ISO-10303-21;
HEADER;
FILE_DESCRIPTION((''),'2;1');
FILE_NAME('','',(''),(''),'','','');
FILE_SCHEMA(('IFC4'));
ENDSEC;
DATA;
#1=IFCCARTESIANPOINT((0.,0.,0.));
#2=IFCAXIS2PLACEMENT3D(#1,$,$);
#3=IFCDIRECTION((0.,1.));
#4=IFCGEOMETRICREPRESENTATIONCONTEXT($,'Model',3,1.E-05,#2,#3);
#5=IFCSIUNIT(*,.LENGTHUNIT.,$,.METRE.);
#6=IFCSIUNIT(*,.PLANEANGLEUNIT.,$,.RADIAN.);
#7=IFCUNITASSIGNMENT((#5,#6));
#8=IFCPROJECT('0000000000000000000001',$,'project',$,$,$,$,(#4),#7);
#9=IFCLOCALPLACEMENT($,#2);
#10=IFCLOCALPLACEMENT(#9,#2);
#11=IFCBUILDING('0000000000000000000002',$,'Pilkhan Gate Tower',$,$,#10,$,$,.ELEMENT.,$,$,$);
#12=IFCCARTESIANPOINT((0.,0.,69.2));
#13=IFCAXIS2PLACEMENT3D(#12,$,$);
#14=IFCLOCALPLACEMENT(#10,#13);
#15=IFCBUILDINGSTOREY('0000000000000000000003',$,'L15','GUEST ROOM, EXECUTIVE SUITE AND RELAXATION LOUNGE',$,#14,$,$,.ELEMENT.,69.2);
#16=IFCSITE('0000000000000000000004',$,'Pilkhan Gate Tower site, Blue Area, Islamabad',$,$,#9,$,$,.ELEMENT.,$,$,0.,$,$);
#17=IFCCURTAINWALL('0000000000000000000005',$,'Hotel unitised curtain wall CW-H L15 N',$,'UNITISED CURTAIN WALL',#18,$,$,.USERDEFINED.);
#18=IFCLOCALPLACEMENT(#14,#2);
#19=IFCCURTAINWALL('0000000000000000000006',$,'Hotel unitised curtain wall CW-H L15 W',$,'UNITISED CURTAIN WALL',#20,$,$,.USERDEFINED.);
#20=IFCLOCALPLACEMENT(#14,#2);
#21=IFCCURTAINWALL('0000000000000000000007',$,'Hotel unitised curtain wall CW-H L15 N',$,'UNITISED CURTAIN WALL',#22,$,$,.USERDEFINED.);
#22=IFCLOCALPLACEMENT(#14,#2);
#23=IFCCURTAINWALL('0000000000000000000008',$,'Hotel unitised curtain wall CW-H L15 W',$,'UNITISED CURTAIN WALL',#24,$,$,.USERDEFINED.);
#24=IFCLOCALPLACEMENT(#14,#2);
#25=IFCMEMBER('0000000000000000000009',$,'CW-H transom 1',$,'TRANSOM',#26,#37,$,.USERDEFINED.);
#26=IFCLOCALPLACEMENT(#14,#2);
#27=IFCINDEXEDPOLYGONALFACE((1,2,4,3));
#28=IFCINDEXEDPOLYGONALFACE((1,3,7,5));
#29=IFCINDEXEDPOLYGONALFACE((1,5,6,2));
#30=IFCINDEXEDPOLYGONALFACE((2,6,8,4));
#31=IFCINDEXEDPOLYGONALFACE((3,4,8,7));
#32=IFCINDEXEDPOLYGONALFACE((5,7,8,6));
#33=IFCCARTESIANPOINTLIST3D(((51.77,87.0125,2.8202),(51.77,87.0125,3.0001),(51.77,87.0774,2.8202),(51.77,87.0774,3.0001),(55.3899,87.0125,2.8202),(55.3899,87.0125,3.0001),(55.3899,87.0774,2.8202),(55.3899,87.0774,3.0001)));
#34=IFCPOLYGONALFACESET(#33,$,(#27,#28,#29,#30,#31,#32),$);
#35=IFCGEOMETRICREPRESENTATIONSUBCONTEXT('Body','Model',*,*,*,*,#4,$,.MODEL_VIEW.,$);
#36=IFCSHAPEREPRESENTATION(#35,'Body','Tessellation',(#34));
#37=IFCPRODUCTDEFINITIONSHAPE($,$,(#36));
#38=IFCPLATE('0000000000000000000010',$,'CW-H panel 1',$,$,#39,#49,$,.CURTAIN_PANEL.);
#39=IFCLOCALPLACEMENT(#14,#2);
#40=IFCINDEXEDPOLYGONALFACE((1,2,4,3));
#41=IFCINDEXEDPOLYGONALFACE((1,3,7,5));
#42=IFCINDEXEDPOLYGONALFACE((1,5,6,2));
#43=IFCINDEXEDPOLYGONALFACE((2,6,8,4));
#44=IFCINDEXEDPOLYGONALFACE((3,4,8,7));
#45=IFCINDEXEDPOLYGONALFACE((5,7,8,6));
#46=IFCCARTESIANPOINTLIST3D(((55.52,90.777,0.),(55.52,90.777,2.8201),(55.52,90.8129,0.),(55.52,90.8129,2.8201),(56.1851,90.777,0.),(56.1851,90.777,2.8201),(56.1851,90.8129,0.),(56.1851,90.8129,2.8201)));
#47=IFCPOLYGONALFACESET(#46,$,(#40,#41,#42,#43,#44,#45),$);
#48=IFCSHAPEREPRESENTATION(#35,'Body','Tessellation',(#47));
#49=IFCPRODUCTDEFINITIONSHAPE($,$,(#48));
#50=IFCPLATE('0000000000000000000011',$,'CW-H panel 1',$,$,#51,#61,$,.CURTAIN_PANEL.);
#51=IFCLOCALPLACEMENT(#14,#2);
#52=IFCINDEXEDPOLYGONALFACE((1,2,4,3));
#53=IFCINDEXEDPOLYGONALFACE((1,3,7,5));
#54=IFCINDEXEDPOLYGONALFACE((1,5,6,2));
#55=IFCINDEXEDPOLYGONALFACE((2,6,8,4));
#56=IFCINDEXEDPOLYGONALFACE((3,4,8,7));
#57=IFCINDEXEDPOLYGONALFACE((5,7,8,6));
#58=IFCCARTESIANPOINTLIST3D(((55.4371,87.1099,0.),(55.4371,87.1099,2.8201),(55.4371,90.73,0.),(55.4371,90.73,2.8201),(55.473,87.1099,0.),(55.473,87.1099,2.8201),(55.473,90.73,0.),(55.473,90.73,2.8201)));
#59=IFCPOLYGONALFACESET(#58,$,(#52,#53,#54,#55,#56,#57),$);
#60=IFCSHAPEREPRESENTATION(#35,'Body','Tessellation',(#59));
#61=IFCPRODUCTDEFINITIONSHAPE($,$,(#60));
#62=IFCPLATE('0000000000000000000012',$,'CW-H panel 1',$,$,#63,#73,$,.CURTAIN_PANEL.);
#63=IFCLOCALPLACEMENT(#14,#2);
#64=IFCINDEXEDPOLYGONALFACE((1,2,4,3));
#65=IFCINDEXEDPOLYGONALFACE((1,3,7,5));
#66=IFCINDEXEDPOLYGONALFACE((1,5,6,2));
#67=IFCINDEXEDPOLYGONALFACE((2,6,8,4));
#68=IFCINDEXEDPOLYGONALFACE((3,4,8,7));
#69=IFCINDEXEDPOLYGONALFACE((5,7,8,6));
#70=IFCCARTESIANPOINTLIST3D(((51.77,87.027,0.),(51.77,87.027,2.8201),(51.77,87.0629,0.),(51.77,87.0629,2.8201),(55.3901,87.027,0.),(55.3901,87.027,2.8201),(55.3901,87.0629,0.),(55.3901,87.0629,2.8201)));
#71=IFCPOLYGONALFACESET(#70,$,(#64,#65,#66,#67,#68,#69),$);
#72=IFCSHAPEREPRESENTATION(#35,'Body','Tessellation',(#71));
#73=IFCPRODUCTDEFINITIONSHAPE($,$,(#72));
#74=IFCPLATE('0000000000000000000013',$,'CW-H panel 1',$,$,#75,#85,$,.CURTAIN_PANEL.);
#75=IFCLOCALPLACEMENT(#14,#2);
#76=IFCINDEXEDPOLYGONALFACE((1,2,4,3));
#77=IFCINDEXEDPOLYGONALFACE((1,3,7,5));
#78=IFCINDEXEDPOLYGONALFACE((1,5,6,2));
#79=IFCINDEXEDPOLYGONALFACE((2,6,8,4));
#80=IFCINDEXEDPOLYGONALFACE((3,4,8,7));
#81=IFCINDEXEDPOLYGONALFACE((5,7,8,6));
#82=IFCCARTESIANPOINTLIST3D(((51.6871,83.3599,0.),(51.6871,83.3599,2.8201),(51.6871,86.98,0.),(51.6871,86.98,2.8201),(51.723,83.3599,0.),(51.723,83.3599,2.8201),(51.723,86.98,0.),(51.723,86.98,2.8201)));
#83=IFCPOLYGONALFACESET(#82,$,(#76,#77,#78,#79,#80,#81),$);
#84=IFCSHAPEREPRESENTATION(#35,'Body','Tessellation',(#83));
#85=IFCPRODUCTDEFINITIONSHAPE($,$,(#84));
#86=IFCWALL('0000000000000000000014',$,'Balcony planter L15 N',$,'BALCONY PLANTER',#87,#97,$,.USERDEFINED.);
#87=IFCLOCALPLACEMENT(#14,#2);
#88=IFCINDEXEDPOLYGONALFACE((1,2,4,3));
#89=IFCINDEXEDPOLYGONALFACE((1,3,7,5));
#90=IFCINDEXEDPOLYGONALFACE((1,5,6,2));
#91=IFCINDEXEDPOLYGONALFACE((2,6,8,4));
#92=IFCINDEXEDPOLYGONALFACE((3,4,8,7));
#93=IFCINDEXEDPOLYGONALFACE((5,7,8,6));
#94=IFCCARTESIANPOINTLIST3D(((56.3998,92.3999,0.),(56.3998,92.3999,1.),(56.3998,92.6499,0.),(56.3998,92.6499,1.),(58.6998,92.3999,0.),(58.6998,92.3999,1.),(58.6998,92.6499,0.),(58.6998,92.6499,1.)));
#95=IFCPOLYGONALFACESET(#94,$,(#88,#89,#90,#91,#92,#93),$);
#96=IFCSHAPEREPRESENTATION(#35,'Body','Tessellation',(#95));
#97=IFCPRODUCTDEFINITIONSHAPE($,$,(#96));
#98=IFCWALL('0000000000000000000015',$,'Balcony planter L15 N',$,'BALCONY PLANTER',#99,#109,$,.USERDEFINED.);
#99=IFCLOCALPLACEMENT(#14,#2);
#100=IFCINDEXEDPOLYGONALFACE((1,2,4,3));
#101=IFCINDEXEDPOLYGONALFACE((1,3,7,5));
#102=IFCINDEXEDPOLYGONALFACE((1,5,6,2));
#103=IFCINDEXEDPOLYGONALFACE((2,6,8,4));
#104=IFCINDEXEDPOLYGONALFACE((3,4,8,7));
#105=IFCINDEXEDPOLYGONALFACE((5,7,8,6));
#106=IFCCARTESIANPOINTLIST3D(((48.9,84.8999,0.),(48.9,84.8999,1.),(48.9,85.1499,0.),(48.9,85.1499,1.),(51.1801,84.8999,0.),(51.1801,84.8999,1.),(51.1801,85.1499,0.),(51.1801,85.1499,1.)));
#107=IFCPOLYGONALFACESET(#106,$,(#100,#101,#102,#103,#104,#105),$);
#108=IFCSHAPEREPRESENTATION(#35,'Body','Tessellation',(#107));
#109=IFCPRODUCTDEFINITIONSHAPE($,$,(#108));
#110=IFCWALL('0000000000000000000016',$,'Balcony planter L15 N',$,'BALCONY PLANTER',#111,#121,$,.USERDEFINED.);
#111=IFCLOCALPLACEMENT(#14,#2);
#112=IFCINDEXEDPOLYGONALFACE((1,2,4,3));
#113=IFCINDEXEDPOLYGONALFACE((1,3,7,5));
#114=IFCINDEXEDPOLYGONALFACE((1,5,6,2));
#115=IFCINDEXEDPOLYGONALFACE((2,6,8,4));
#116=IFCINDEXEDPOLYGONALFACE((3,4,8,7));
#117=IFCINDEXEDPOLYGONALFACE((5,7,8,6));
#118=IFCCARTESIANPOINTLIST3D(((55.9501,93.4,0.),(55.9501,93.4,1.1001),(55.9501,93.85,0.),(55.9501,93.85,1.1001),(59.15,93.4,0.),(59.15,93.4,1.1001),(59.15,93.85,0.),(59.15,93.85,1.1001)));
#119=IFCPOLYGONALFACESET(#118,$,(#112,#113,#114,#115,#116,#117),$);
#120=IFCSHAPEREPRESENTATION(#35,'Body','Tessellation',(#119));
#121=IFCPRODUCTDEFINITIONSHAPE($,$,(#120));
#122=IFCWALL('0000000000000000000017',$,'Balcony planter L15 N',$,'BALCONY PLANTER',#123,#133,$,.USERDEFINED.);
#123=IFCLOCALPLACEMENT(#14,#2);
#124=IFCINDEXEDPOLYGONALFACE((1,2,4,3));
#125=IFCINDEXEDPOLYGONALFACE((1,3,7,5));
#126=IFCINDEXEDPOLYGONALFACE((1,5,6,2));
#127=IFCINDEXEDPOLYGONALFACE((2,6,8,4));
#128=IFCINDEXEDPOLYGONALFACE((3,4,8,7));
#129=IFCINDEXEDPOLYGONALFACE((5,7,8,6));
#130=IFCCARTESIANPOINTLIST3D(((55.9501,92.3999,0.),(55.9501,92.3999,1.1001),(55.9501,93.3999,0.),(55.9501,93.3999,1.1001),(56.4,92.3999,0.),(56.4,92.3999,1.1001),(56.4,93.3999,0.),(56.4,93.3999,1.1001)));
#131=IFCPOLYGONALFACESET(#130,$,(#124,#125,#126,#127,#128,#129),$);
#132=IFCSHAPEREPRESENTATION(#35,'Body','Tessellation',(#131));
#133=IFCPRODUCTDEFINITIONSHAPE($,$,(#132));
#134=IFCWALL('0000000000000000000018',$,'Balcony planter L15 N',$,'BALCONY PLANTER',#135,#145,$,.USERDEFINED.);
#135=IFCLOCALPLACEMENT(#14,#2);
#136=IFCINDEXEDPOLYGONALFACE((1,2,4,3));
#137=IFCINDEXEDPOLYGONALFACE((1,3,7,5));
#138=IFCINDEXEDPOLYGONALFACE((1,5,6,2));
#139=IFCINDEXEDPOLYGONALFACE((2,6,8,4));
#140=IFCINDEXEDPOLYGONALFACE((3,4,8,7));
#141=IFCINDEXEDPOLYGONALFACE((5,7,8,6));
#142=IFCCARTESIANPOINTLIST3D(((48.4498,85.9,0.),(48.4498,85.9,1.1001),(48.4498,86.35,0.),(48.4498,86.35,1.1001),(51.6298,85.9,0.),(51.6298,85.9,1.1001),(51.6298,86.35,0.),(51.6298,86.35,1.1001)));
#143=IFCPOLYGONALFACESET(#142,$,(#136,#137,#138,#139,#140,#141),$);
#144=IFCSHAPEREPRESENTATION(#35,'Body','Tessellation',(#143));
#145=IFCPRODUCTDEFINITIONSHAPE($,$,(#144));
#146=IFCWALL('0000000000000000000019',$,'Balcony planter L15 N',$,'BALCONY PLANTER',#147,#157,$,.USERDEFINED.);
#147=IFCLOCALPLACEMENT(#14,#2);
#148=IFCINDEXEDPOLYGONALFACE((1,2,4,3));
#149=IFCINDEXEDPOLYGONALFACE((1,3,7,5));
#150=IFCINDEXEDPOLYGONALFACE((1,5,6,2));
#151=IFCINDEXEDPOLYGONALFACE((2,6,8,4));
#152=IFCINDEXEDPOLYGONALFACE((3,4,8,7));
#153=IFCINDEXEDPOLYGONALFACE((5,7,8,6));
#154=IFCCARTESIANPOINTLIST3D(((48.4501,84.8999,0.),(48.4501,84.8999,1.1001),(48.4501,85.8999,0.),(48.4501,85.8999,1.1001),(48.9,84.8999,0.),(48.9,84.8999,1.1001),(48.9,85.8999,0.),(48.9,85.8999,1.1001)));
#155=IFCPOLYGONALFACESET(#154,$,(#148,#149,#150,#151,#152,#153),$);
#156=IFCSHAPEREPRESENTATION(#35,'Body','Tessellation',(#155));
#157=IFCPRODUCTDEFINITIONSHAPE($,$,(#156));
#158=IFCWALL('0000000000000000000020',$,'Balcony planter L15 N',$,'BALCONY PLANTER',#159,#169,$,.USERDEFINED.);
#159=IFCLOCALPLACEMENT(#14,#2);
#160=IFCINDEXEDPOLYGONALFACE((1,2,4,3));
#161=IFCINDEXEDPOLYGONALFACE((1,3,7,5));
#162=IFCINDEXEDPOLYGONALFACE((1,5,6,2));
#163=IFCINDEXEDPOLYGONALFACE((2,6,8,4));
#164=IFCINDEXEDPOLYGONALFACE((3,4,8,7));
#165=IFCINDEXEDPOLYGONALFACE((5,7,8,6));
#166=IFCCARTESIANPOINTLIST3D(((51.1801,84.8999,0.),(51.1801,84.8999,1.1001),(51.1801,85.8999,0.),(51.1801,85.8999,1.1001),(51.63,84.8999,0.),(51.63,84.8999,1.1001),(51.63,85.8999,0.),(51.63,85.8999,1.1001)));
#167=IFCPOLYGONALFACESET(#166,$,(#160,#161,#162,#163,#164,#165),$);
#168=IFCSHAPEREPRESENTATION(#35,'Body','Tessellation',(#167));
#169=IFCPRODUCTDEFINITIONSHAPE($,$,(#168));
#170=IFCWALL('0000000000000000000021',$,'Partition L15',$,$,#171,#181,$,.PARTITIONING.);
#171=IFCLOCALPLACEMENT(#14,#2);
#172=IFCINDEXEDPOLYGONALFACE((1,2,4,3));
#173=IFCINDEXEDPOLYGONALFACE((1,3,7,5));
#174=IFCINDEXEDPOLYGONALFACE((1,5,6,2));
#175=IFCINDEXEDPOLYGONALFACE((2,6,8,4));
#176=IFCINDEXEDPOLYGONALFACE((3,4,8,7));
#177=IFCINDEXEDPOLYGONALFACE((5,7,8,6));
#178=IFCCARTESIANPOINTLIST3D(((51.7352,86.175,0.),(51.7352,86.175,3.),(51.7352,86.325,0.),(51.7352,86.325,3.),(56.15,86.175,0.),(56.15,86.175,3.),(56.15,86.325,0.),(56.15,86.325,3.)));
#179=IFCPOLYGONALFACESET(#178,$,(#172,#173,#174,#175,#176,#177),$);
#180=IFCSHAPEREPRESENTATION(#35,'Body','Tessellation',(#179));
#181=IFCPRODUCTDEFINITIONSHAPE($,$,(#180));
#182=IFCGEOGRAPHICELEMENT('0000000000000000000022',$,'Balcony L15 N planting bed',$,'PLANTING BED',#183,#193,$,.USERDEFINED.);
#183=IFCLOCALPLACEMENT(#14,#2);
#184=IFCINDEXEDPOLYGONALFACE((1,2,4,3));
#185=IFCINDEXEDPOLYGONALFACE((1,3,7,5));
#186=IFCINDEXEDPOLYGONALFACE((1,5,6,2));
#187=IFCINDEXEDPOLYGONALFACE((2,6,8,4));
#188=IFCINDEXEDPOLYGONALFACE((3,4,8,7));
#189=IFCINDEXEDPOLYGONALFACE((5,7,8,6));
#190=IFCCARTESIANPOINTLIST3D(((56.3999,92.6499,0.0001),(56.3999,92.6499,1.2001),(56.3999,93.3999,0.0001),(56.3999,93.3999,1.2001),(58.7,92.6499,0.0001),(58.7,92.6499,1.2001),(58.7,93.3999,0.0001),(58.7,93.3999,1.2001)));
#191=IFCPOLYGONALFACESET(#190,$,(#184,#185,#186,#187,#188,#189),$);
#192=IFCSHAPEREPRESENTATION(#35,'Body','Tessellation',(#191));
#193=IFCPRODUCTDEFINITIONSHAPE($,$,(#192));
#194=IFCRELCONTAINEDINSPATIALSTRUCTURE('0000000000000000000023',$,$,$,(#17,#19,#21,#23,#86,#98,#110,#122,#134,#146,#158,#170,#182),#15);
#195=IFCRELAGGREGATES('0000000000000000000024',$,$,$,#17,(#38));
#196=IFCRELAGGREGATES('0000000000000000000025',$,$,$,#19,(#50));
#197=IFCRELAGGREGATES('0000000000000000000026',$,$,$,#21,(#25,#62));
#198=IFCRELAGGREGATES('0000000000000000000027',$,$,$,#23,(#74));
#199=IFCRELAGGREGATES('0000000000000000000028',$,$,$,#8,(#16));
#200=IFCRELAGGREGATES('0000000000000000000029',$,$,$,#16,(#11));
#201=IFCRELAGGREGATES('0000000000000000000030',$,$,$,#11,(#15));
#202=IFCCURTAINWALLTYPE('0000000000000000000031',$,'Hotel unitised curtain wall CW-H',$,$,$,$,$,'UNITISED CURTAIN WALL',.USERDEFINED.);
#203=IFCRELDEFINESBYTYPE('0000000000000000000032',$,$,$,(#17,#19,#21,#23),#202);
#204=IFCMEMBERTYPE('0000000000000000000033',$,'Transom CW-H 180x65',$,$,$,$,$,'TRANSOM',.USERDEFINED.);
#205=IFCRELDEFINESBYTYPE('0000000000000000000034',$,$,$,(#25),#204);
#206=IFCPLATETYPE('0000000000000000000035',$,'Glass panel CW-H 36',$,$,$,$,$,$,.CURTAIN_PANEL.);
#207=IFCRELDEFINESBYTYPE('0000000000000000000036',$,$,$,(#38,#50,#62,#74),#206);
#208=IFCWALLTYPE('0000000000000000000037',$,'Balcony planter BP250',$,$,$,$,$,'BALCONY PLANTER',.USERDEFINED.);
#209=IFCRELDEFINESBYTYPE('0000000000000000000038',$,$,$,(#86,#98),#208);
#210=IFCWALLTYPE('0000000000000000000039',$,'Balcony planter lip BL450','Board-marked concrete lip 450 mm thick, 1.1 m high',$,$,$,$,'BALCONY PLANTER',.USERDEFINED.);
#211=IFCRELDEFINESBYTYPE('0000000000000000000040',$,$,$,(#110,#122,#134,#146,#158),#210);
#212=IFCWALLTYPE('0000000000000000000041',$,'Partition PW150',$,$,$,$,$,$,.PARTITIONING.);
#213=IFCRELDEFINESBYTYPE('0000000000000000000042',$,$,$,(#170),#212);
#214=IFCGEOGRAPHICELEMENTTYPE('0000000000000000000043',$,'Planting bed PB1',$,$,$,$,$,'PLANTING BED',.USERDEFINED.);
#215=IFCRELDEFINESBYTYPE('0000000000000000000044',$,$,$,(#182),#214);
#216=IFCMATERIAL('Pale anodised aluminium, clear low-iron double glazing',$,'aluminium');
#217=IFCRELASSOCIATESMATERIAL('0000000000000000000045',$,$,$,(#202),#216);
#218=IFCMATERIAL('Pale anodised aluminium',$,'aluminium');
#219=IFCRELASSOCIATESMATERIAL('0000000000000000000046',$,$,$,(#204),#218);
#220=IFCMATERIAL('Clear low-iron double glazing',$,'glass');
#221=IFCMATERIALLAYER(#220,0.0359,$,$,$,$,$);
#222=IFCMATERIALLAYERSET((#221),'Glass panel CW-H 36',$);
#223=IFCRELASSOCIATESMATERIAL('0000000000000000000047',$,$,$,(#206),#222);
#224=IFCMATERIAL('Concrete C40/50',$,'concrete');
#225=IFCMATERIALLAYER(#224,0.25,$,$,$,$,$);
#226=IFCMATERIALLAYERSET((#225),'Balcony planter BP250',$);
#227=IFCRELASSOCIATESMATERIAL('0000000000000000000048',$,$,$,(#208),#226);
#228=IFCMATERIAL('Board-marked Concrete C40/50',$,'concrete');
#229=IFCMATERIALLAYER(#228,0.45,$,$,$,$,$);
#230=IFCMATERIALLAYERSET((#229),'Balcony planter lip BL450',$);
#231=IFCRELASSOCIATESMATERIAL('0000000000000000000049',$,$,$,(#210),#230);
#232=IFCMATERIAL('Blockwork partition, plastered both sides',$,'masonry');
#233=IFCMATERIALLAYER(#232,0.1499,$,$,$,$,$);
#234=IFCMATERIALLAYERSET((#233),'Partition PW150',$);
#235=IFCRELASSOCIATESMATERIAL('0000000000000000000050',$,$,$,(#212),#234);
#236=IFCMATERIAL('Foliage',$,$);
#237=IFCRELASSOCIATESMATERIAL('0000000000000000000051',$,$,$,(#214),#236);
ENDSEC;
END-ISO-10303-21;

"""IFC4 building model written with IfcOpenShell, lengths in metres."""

from ifc_helpers import new_model, si_unit, direction, frame, frame_2d, origin, origin_2d, place, context, subcontext, project, spatial, rectangle, extrude, material, layer, layer_set, material_profile, profile_set, type_object, element, aggregate, save


model = new_model("IFC4")

# Units and contexts
model_context = context("Model", 3, precision=1e-05, world=origin(), true_north=direction((0.0, 1.0)))
body_context = subcontext(model_context, "Body", "Model", "MODEL_VIEW")
ifc_project = project(units=[si_unit("LENGTHUNIT", "METRE"), si_unit("PLANEANGLEUNIT", "RADIAN")], contexts=[model_context])

# Site, building, storey
site_placement = place(None, origin())
site = spatial("IfcSite", under=ifc_project, at=site_placement, Name="Pilkhan Gate Tower site, Blue Area, Islamabad", CompositionType="ELEMENT", RefElevation=0.0)
building_placement = place(site_placement, origin())
building = spatial("IfcBuilding", under=site, at=building_placement, Name="Pilkhan Gate Tower", CompositionType="ELEMENT")
storey_placement = place(building_placement, frame((0.0, 0.0, 69.2)))
storey = spatial("IfcBuildingStorey", under=building, at=storey_placement, Name="L15", Description="GUEST ROOM, EXECUTIVE SUITE AND RELAXATION LOUNGE", CompositionType="ELEMENT", Elevation=69.2)

# Curtain walls
ifc_material_1 = material(Name="Pale anodised aluminium, clear low-iron double glazing", Category="aluminium")
curtain_wall_type = type_object("IfcCurtainWallType", Name="Hotel unitised curtain wall CW-H", ElementType="UNITISED CURTAIN WALL", PredefinedType="USERDEFINED", material=ifc_material_1)
curtain_wall_1_placement = place(storey_placement, origin())
curtain_wall_1 = element("IfcCurtainWall", 1, at=curtain_wall_1_placement, inside=storey, type_object=curtain_wall_type, Name="Hotel unitised curtain wall CW-H L15 N", ObjectType="UNITISED CURTAIN WALL", PredefinedType="USERDEFINED")
ifc_material_2 = material(Name="Pale anodised aluminium", Category="aluminium")
curtain_wall_2_placement = place(storey_placement, origin())
curtain_wall_2 = element("IfcCurtainWall", 2, at=curtain_wall_2_placement, inside=storey, type_object=curtain_wall_type, Name="Hotel unitised curtain wall CW-H L15 W", ObjectType="UNITISED CURTAIN WALL", PredefinedType="USERDEFINED")
curtain_wall_3_placement = place(storey_placement, origin())
curtain_wall_3 = element("IfcCurtainWall", 3, at=curtain_wall_3_placement, inside=storey, type_object=curtain_wall_type, Name="Hotel unitised curtain wall CW-H L15 N", ObjectType="UNITISED CURTAIN WALL", PredefinedType="USERDEFINED")

# Curtain wall
curtain_wall_4_placement = place(storey_placement, origin())
curtain_wall_4 = element("IfcCurtainWall", 4, at=curtain_wall_4_placement, inside=storey, type_object=curtain_wall_type, Name="Hotel unitised curtain wall CW-H L15 W", ObjectType="UNITISED CURTAIN WALL", PredefinedType="USERDEFINED")

# Member
ifc_material_profile_1 = material_profile(ifc_material_2, rectangle(XDim=0.0649, YDim=0.1799, at=origin_2d()), Name="Transom 180x65")
ifc_profile_set_1 = profile_set([ifc_material_profile_1], Name="Pale anodised aluminium")
member_type_1 = type_object("IfcMemberType", Name="Transom CW-H 180x65", ElementType="TRANSOM", PredefinedType="USERDEFINED", material=ifc_profile_set_1)
member_1_placement = place(storey_placement, frame((51.77, 87.0449, 2.9102), z_axis=(1.0, 0.0, 0.0), x_axis=(0.0, 1.0, 0.0)))
member_1 = element("IfcMember", 5, at=member_1_placement, type_object=member_type_1, Name="CW-H transom 1", ObjectType="TRANSOM", PredefinedType="USERDEFINED", context=body_context, shape_type="SweptSolid", body=[
    extrude(rectangle(XDim=0.0649, YDim=0.1799, at=origin_2d()), origin(), (0.0, 0.0, 1.0), 3.6199),
])

# Plates
ifc_material_3 = material(Name="Clear low-iron double glazing", Category="glass")
ifc_layer_1 = layer(ifc_material_3, 0.0359)
ifc_layer_set_1 = layer_set([ifc_layer_1], Name="Glass panel CW-H 36")
plate_type = type_object("IfcPlateType", Name="Glass panel CW-H 36", PredefinedType="CURTAIN_PANEL", material=ifc_layer_set_1)
plate_1_placement = place(storey_placement, frame((55.8525, 90.7949, 0.0), z_axis=(0.0, 0.0, 1.0), x_axis=(1.0, 0.0, 0.0)))
plate_1 = element("IfcPlate", 6, at=plate_1_placement, type_object=plate_type, Name="CW-H panel 1", PredefinedType="CURTAIN_PANEL", context=body_context, shape_type="SweptSolid", body=[
    extrude(rectangle(XDim=0.665, YDim=0.0359, at=origin_2d()), origin(), (0.0, 0.0, 1.0), 2.8201),
])
aggregate(curtain_wall_1, [plate_1])
plate_2_placement = place(storey_placement, frame((55.4551, 88.9199, 0.0), z_axis=(0.0, 0.0, 1.0), x_axis=(0.0, 1.0, 0.0)))
plate_2 = element("IfcPlate", 7, at=plate_2_placement, type_object=plate_type, Name="CW-H panel 1", PredefinedType="CURTAIN_PANEL", context=body_context, shape_type="SweptSolid", body=[
    extrude(rectangle(XDim=3.6201, YDim=0.0359, at=origin_2d()), origin(), (0.0, 0.0, 1.0), 2.8201),
])
aggregate(curtain_wall_2, [plate_2])
plate_3_placement = place(storey_placement, frame((53.5801, 87.0449, 0.0), z_axis=(0.0, 0.0, 1.0), x_axis=(1.0, 0.0, 0.0)))
plate_3 = element("IfcPlate", 8, at=plate_3_placement, type_object=plate_type, Name="CW-H panel 1", PredefinedType="CURTAIN_PANEL", context=body_context, shape_type="SweptSolid", body=[
    extrude(rectangle(XDim=3.6201, YDim=0.0359, at=origin_2d()), origin(), (0.0, 0.0, 1.0), 2.8201),
])
aggregate(curtain_wall_3, [member_1, plate_3])
plate_4_placement = place(storey_placement, frame((51.7051, 85.1699, 0.0), z_axis=(0.0, 0.0, 1.0), x_axis=(0.0, 1.0, 0.0)))
plate_4 = element("IfcPlate", 9, at=plate_4_placement, type_object=plate_type, Name="CW-H panel 1", PredefinedType="CURTAIN_PANEL", context=body_context, shape_type="SweptSolid", body=[
    extrude(rectangle(XDim=3.6201, YDim=0.0359, at=origin_2d()), origin(), (0.0, 0.0, 1.0), 2.8201),
])
aggregate(curtain_wall_4, [plate_4])

# Walls
ifc_material_4 = material(Name="Concrete C40/50", Category="concrete")
ifc_layer_2 = layer(ifc_material_4, 0.25)
ifc_layer_set_2 = layer_set([ifc_layer_2], Name="Balcony planter BP250")
wall_type_1 = type_object("IfcWallType", Name="Balcony planter BP250", ElementType="BALCONY PLANTER", PredefinedType="USERDEFINED", material=ifc_layer_set_2)
wall_1_placement = place(storey_placement, frame((56.3999, 92.5249, 0.0), z_axis=(0.0, 0.0, 1.0), x_axis=(1.0, 0.0, 0.0)))
element("IfcWall", 10, at=wall_1_placement, inside=storey, type_object=wall_type_1, Name="Balcony planter L15 N", ObjectType="BALCONY PLANTER", PredefinedType="USERDEFINED", context=body_context, shape_type="SweptSolid", body=[
    extrude(rectangle(XDim=2.3, YDim=0.25, at=frame_2d((1.1499, 0.0))), origin(), (0.0, 0.0, 1.0), 1.0),
])
wall_2_placement = place(storey_placement, frame((48.8999, 85.0249, 0.0), z_axis=(0.0, 0.0, 1.0), x_axis=(1.0, 0.0, 0.0)))
element("IfcWall", 11, at=wall_2_placement, inside=storey, type_object=wall_type_1, Name="Balcony planter L15 N", ObjectType="BALCONY PLANTER", PredefinedType="USERDEFINED", context=body_context, shape_type="SweptSolid", body=[
    extrude(rectangle(XDim=2.28, YDim=0.25, at=frame_2d((1.1401, 0.0))), origin(), (0.0, 0.0, 1.0), 1.0),
])
ifc_material_5 = material(Name="Board-marked Concrete C40/50", Category="concrete")
ifc_layer_3 = layer(ifc_material_5, 0.45)
ifc_layer_set_3 = layer_set([ifc_layer_3], Name="Balcony planter lip BL450")
wall_type_2 = type_object("IfcWallType", Name="Balcony planter lip BL450", Description="Board-marked concrete lip 450 mm thick, 1.1 m high", ElementType="BALCONY PLANTER", PredefinedType="USERDEFINED", material=ifc_layer_set_3)
wall_3_placement = place(storey_placement, frame((55.95, 93.625, 0.0), z_axis=(0.0, 0.0, 1.0), x_axis=(1.0, 0.0, 0.0)))
element("IfcWall", 12, at=wall_3_placement, inside=storey, type_object=wall_type_2, Name="Balcony planter L15 N", ObjectType="BALCONY PLANTER", PredefinedType="USERDEFINED", context=body_context, shape_type="SweptSolid", body=[
    extrude(rectangle(XDim=3.2, YDim=0.45, at=frame_2d((1.6001, 0.0))), origin(), (0.0, 0.0, 1.0), 1.1001),
])
wall_4_placement = place(storey_placement, frame((56.175, 92.3999, 0.0), z_axis=(0.0, 0.0, 1.0), x_axis=(0.0, 1.0, 0.0)))
element("IfcWall", 13, at=wall_4_placement, inside=storey, type_object=wall_type_2, Name="Balcony planter L15 N", ObjectType="BALCONY PLANTER", PredefinedType="USERDEFINED", context=body_context, shape_type="SweptSolid", body=[
    extrude(rectangle(XDim=1.0, YDim=0.45, at=frame_2d((0.5, 0.0))), origin(), (0.0, 0.0, 1.0), 1.1001),
])
wall_5_placement = place(storey_placement, frame((48.45, 86.125, 0.0), z_axis=(0.0, 0.0, 1.0), x_axis=(1.0, 0.0, 0.0)))
element("IfcWall", 14, at=wall_5_placement, inside=storey, type_object=wall_type_2, Name="Balcony planter L15 N", ObjectType="BALCONY PLANTER", PredefinedType="USERDEFINED", context=body_context, shape_type="SweptSolid", body=[
    extrude(rectangle(XDim=3.1799, YDim=0.45, at=frame_2d((1.5898, 0.0))), origin(), (0.0, 0.0, 1.0), 1.1001),
])
for number, where, z_axis, x_axis, name in (
    (15, (48.675, 84.8999, 0.0), (0.0, 0.0, 1.0), (0.0, 1.0, 0.0), "Balcony planter L15 N"),
    (16, (51.405, 84.8999, 0.0), (0.0, 0.0, 1.0), (0.0, 1.0, 0.0), "Balcony planter L15 N"),
):
    element("IfcWall", number, at=place(storey_placement, frame(where, z_axis=z_axis, x_axis=x_axis)), inside=storey, type_object=wall_type_2, Name=name, ObjectType="BALCONY PLANTER", PredefinedType="USERDEFINED", context=body_context, shape_type="SweptSolid", body=[
        extrude(rectangle(XDim=1.0, YDim=0.45, at=frame_2d((0.5, 0.0))), origin(), (0.0, 0.0, 1.0), 1.1001),
    ])

# Wall
ifc_material_6 = material(Name="Blockwork partition, plastered both sides", Category="masonry")
ifc_layer_4 = layer(ifc_material_6, 0.1499)
ifc_layer_set_4 = layer_set([ifc_layer_4], Name="Partition PW150")
wall_type_3 = type_object("IfcWallType", Name="Partition PW150", PredefinedType="PARTITIONING", material=ifc_layer_set_4)
wall_6_placement = place(storey_placement, frame((51.7351, 86.25, 0.0), z_axis=(0.0, 0.0, 1.0), x_axis=(1.0, 0.0, 0.0)))
element("IfcWall", 17, at=wall_6_placement, inside=storey, type_object=wall_type_3, Name="Partition L15", PredefinedType="PARTITIONING", context=body_context, shape_type="SweptSolid", body=[
    extrude(rectangle(XDim=4.4148, YDim=0.1499, at=frame_2d((2.2075, 0.0))), origin(), (0.0, 0.0, 1.0), 3.0),
])

# Geographic element
ifc_material_7 = material(Name="Foliage")
ifc_material_profile_2 = material_profile(ifc_material_7, rectangle(XDim=0.75, YDim=1.2, at=origin_2d()), Name="Bed 750x1200")
ifc_profile_set_2 = profile_set([ifc_material_profile_2], Name="Foliage")
geographic_element_type_1 = type_object("IfcGeographicElementType", Name="Planting bed PB1", ElementType="PLANTING BED", PredefinedType="USERDEFINED", material=ifc_profile_set_2)
geographic_element_1_placement = place(storey_placement, frame((56.3999, 93.0249, 0.6001), z_axis=(1.0, 0.0, 0.0), x_axis=(0.0, 1.0, 0.0)))
element("IfcGeographicElement", 18, at=geographic_element_1_placement, inside=storey, type_object=geographic_element_type_1, Name="Balcony L15 N planting bed", ObjectType="PLANTING BED", PredefinedType="USERDEFINED", context=body_context, shape_type="SweptSolid", body=[
    extrude(rectangle(XDim=0.75, YDim=1.2, at=origin_2d()), origin(), (0.0, 0.0, 1.0), 2.3),
])

save(model, "model.ifc")
